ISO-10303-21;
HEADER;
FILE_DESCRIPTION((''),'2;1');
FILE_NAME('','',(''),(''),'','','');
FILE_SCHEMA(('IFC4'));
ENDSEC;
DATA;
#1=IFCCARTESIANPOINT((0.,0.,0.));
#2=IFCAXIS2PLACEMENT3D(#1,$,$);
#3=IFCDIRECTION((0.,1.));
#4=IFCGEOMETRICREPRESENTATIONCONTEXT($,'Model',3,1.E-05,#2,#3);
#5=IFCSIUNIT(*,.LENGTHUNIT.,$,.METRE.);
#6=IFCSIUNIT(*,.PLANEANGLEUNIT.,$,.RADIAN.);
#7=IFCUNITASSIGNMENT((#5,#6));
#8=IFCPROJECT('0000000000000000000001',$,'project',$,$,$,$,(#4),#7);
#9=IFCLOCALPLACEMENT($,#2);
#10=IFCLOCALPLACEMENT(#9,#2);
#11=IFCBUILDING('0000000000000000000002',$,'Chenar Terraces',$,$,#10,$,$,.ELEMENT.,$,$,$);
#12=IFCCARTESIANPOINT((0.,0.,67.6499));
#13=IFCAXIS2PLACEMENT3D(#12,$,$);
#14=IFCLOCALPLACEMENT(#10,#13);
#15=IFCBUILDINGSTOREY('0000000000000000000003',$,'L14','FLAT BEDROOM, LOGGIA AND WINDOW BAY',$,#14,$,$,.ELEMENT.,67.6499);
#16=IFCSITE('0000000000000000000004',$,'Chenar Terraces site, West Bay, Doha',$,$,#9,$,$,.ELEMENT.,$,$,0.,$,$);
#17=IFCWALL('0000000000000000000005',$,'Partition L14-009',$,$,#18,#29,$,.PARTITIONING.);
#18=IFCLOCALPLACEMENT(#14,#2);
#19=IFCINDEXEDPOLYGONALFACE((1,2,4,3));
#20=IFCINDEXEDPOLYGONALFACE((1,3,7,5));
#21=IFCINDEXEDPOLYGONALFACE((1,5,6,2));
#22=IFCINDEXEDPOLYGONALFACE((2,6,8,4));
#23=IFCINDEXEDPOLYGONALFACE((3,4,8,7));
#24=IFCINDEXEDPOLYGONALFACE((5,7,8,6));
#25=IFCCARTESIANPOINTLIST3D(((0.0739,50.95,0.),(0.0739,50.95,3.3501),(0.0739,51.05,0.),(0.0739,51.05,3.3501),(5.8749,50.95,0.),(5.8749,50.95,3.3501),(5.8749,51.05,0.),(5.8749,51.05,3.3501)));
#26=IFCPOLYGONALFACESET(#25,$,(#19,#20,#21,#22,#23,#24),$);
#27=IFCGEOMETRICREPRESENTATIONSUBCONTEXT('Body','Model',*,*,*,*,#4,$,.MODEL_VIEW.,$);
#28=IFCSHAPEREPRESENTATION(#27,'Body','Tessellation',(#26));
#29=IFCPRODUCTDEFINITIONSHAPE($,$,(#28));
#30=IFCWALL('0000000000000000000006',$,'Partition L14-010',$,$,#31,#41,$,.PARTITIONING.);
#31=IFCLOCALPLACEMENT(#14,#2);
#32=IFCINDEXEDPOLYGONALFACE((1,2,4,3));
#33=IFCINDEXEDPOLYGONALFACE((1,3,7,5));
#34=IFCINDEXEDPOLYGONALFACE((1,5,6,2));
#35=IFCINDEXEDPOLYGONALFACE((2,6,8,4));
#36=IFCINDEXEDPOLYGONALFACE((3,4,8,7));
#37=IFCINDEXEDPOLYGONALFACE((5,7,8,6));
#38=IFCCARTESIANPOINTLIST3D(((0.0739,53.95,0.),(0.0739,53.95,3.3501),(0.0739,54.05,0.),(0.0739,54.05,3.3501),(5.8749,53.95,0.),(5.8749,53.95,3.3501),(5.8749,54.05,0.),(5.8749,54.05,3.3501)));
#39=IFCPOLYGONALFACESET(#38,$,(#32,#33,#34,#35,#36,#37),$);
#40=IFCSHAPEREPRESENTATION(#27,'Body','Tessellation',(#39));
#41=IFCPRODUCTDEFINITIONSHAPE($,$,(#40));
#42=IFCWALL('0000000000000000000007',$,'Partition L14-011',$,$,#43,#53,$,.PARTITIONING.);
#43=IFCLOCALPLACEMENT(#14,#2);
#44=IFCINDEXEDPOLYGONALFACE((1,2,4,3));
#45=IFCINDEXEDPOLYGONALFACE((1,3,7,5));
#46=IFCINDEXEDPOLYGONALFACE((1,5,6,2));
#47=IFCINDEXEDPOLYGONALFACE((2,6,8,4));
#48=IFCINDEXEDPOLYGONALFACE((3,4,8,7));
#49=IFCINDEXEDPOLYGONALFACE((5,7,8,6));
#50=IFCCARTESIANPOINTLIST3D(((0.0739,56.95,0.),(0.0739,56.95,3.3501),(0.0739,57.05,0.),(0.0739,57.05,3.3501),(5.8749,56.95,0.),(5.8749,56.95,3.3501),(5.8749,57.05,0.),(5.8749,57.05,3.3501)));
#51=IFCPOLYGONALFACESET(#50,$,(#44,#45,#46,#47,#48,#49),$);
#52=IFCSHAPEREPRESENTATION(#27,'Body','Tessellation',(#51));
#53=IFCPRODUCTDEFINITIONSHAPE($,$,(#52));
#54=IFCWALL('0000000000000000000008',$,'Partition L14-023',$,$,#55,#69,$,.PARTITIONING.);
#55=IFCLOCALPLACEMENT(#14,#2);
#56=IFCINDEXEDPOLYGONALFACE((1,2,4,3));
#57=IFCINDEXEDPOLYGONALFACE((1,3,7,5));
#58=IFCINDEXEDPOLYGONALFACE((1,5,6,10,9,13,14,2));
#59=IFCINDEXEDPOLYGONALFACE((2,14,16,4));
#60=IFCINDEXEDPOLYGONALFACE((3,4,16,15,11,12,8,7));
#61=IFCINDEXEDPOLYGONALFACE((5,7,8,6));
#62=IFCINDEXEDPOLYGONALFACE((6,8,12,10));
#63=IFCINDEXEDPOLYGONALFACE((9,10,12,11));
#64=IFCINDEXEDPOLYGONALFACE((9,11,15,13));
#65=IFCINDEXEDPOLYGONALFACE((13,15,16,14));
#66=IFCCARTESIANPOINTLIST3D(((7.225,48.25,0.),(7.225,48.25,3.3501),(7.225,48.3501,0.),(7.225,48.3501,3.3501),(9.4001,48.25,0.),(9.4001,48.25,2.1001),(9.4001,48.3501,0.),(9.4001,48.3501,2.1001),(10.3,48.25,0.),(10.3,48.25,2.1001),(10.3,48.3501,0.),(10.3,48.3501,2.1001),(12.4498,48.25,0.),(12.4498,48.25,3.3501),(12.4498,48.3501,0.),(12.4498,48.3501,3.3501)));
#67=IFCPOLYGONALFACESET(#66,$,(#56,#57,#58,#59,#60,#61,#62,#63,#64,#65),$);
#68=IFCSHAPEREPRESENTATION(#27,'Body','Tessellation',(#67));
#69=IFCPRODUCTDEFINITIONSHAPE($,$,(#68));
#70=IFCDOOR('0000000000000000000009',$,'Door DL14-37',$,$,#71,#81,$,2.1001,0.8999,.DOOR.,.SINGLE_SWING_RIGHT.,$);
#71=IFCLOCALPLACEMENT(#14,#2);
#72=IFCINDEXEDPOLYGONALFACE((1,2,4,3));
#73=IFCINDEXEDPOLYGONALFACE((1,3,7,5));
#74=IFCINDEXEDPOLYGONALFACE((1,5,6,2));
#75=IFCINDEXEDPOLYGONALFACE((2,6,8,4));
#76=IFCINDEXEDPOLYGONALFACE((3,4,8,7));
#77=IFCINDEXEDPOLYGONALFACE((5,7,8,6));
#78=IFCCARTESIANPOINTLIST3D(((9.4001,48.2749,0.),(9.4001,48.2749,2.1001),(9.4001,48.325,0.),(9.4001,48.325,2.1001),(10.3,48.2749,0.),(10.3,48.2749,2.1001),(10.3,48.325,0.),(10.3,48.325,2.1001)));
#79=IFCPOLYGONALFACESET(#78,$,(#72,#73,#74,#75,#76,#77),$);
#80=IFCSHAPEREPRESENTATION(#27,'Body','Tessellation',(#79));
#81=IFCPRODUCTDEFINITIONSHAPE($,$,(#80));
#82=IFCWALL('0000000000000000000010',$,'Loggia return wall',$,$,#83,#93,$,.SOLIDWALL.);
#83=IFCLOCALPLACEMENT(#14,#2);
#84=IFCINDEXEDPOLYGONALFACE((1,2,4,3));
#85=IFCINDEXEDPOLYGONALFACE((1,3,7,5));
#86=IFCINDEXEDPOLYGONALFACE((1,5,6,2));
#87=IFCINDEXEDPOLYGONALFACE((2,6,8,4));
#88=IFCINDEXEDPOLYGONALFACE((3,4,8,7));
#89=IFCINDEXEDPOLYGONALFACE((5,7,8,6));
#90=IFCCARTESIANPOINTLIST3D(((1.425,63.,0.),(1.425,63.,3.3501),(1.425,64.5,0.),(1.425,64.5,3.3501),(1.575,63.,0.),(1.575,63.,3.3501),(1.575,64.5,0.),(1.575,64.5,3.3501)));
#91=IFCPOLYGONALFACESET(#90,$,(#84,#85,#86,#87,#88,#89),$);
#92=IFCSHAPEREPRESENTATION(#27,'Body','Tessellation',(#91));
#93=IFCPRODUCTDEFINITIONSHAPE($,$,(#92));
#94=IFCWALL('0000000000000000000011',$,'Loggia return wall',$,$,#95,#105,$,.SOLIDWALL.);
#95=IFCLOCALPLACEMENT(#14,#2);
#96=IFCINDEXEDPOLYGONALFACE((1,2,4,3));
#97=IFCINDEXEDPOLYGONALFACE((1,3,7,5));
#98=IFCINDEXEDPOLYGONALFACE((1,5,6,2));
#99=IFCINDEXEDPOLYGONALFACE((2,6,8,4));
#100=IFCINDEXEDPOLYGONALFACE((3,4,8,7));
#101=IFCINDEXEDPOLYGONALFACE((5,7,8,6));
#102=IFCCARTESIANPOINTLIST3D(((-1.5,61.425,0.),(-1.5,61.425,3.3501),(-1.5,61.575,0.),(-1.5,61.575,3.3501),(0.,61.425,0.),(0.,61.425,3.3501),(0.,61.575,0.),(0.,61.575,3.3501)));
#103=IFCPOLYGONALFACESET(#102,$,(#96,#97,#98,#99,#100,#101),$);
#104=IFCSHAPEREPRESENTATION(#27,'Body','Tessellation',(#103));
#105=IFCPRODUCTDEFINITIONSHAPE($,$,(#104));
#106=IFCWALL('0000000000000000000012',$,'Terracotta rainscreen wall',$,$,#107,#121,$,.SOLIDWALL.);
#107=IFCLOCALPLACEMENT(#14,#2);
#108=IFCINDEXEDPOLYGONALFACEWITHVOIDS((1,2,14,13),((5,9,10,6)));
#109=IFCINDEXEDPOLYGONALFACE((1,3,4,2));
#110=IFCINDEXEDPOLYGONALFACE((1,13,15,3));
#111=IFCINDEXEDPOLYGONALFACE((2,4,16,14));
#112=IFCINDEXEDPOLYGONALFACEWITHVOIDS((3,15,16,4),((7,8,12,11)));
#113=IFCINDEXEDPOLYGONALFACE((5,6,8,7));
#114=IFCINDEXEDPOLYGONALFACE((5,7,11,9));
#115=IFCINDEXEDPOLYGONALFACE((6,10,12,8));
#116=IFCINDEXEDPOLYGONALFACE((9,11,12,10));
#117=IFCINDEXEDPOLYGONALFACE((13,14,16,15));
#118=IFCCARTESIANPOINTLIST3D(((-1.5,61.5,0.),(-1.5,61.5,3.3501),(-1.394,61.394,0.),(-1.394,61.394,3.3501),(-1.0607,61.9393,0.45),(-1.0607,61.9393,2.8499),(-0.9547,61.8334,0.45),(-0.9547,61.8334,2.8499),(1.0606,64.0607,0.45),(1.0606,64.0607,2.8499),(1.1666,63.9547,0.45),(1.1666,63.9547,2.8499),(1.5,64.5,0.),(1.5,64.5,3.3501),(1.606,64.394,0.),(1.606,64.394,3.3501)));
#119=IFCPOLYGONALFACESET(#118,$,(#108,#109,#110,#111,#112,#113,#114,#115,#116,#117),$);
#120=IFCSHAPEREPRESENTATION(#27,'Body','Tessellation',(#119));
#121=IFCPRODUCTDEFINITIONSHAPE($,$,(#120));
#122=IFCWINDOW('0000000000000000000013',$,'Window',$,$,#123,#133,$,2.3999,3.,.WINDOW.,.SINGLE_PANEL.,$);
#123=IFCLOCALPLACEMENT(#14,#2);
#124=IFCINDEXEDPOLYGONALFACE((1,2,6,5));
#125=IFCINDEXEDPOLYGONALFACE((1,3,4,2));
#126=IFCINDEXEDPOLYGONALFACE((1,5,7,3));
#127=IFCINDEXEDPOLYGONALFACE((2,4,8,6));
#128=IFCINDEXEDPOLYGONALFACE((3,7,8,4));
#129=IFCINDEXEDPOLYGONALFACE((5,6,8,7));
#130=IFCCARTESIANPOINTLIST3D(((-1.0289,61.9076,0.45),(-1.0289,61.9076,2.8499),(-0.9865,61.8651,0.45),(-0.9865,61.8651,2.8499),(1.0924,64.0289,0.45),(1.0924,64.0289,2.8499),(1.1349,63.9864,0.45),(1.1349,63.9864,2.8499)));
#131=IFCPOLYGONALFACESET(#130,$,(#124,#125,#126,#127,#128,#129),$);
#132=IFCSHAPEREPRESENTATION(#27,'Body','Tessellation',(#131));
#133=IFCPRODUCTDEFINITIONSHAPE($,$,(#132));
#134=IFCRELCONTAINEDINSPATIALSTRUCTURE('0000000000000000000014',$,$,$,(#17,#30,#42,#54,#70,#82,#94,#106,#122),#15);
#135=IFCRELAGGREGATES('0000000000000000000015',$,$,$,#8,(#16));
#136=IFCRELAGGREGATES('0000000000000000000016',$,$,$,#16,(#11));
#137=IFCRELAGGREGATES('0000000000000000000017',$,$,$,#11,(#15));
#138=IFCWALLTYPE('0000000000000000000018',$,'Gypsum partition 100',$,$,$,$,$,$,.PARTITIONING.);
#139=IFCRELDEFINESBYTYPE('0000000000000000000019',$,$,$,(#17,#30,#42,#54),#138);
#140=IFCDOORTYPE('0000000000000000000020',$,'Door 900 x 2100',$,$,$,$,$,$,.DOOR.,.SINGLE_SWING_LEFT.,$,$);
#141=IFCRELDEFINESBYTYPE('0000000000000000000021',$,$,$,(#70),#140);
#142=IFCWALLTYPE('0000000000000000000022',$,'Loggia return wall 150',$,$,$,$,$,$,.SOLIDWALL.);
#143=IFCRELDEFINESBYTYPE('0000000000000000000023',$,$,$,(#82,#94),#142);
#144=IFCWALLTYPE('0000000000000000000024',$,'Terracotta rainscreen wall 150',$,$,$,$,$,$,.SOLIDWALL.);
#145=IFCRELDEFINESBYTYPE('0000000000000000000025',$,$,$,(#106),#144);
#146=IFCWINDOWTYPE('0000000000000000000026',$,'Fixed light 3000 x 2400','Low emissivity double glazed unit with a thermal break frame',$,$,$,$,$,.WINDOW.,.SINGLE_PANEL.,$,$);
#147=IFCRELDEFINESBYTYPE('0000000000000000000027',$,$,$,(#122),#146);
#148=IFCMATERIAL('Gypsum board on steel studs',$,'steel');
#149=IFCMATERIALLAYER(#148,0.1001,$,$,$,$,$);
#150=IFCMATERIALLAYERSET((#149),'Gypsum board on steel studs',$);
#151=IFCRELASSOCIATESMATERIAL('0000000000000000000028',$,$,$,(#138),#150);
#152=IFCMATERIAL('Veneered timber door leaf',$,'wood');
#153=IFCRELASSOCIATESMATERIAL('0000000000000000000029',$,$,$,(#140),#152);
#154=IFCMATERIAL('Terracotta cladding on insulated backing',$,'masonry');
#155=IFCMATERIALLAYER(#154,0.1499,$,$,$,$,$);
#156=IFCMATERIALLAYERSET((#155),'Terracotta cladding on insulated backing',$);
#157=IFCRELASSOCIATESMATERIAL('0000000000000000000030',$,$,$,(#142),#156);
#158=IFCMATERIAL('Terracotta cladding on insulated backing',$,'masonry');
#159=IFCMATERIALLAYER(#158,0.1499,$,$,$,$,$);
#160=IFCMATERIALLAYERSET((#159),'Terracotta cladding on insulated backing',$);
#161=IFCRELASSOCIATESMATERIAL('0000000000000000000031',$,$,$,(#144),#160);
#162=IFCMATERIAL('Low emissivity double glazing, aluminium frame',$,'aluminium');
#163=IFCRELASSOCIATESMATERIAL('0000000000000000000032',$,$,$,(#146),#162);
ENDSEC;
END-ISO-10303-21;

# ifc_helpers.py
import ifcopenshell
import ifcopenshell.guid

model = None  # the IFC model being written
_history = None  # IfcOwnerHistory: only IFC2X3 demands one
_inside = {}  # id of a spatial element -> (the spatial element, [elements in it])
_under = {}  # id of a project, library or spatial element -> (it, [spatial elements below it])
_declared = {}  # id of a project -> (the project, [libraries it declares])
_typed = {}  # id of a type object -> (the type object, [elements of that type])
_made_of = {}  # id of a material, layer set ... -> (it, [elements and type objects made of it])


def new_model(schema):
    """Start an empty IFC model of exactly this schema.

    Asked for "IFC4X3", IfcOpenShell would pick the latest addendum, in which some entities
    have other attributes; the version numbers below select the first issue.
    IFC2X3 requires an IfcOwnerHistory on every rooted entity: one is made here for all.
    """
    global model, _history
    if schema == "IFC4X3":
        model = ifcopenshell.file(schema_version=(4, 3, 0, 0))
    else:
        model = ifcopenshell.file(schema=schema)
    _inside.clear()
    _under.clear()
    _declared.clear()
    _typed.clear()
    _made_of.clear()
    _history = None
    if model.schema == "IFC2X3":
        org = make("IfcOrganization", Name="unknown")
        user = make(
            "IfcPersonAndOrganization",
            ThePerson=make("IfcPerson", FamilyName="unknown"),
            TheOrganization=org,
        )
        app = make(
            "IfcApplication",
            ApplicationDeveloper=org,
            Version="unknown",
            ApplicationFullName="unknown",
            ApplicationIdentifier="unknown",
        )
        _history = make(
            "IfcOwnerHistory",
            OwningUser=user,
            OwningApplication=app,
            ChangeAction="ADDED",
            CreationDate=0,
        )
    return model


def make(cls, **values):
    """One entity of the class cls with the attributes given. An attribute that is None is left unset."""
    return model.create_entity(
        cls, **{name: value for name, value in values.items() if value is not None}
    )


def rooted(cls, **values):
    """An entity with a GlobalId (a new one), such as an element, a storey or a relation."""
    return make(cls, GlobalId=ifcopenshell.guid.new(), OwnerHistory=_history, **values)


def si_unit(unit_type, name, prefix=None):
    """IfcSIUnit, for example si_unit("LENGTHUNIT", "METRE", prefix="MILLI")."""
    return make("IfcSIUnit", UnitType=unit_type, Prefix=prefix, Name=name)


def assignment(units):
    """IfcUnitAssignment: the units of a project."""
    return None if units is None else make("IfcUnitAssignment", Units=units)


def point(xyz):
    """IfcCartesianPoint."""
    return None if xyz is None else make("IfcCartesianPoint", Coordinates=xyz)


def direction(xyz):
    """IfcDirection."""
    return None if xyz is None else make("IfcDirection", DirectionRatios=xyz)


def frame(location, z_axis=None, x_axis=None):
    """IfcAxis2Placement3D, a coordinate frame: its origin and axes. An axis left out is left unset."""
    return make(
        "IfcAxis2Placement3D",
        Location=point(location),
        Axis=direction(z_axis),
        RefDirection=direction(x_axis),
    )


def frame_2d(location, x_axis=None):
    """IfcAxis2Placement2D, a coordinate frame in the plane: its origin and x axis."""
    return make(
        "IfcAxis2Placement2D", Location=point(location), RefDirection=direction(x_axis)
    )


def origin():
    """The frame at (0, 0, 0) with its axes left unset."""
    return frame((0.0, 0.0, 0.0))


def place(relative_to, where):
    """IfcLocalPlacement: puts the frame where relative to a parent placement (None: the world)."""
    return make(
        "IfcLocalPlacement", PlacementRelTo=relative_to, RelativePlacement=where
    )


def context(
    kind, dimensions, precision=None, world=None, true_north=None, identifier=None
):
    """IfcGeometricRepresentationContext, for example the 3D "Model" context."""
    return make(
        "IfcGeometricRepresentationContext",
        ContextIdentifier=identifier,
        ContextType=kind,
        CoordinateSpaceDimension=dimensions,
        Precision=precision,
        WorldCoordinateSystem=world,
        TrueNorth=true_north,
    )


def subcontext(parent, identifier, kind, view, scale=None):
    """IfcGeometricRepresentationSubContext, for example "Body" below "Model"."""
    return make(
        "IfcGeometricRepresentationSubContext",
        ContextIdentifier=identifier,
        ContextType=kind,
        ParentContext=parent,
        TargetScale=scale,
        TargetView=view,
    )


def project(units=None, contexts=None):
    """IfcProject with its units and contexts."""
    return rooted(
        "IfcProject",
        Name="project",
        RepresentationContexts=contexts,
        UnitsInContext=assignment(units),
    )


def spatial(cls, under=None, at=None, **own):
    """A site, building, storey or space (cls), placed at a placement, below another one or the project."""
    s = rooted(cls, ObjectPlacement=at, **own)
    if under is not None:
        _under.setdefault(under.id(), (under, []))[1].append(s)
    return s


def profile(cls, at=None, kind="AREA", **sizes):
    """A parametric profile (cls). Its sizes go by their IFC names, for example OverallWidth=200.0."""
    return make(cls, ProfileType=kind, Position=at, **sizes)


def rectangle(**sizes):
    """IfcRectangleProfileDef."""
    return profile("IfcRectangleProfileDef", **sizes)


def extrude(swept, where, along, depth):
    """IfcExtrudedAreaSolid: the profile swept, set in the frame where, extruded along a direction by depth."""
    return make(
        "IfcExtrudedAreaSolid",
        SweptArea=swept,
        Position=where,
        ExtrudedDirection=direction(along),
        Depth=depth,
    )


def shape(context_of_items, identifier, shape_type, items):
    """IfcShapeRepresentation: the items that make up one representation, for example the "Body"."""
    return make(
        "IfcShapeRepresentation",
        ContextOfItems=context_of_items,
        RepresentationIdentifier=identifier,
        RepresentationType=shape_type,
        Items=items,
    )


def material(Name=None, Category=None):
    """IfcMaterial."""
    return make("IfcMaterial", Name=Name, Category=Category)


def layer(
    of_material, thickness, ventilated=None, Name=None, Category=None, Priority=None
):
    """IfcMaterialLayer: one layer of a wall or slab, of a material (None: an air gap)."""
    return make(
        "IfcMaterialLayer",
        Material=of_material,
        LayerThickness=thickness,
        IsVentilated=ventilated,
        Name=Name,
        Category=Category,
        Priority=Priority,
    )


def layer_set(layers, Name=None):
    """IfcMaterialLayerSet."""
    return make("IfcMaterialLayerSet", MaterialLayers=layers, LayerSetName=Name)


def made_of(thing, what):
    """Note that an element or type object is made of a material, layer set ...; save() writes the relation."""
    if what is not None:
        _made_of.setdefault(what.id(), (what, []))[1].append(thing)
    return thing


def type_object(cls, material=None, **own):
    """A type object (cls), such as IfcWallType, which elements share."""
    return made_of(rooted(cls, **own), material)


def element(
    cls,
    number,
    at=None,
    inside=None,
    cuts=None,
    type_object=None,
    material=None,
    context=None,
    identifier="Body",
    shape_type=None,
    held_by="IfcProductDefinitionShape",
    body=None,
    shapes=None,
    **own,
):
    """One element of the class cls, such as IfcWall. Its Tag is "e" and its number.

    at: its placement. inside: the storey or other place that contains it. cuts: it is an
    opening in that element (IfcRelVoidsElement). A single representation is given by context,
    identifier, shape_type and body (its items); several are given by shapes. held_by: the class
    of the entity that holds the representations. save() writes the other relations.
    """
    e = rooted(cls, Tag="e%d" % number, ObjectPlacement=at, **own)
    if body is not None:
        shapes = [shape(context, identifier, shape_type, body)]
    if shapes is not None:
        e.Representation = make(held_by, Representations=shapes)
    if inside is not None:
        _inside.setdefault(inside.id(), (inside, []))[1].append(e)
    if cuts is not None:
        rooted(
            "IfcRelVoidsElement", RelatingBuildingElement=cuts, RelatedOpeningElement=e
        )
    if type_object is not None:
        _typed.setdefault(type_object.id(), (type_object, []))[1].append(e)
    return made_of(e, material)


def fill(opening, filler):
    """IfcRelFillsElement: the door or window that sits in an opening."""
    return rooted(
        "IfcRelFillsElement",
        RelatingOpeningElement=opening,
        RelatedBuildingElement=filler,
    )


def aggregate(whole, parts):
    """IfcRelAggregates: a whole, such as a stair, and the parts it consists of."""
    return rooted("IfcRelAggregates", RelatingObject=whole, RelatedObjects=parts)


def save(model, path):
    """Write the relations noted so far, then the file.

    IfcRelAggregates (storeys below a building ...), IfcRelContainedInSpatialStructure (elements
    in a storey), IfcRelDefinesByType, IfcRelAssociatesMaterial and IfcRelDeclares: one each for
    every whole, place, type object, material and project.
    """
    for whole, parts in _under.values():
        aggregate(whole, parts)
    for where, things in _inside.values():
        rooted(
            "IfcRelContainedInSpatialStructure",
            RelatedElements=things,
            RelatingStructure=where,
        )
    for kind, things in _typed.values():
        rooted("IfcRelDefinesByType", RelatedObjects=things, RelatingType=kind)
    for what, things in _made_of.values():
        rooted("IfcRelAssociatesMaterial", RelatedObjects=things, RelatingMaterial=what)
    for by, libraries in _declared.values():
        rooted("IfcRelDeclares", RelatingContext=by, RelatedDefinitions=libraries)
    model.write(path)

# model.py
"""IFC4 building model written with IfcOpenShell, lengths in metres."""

from ifc_helpers import new_model, si_unit, direction, frame, frame_2d, origin, place, context, subcontext, project, spatial, rectangle, extrude, material, layer, layer_set, type_object, element, fill, save


model = new_model("IFC4")

# Units and contexts
model_context = context("Model", 3, precision=1e-05, world=origin(), true_north=direction((0.0, 1.0)))
body_context = subcontext(model_context, "Body", "Model", "MODEL_VIEW")
ifc_project = project(units=[si_unit("LENGTHUNIT", "METRE"), si_unit("PLANEANGLEUNIT", "RADIAN")], contexts=[model_context])

# Site, building, storey
site_placement = place(None, origin())
site = spatial("IfcSite", under=ifc_project, at=site_placement, Name="Chenar Terraces site, West Bay, Doha", CompositionType="ELEMENT", RefElevation=0.0)
building_placement = place(site_placement, origin())
building = spatial("IfcBuilding", under=site, at=building_placement, Name="Chenar Terraces", CompositionType="ELEMENT")
storey_placement = place(building_placement, frame((0.0, 0.0, 67.6499)))
storey = spatial("IfcBuildingStorey", under=building, at=storey_placement, Name="L14", Description="FLAT BEDROOM, LOGGIA AND WINDOW BAY", CompositionType="ELEMENT", Elevation=67.6499)

# Walls
ifc_material_1 = material(Name="Gypsum board on steel studs", Category="steel")
ifc_layer_1 = layer(ifc_material_1, 0.1001)
ifc_layer_set_1 = layer_set([ifc_layer_1], Name="Gypsum board on steel studs")
wall_type_1 = type_object("IfcWallType", Name="Gypsum partition 100", PredefinedType="PARTITIONING", material=ifc_layer_set_1)
for number, where, z_axis, x_axis, name in (
    (1, (0.074, 51.0, 0.0), (0.0, 0.0, 1.0), (1.0, 0.0, 0.0), "Partition L14-009"),
    (2, (0.074, 54.0, 0.0), (0.0, 0.0, 1.0), (1.0, 0.0, 0.0), "Partition L14-010"),
    (3, (0.074, 57.0, 0.0), (0.0, 0.0, 1.0), (1.0, 0.0, 0.0), "Partition L14-011"),
):
    element("IfcWall", number, at=place(storey_placement, frame(where, z_axis=z_axis, x_axis=x_axis)), inside=storey, type_object=wall_type_1, Name=name, PredefinedType="PARTITIONING", context=body_context, shape_type="SweptSolid", body=[
        extrude(rectangle(XDim=5.801, YDim=0.1001, at=frame_2d((2.9004, 0.0))), origin(), (0.0, 0.0, 1.0), 3.3501),
    ])

# Wall, opening, door
wall_1_placement = place(storey_placement, frame((7.2251, 48.3, 0.0), z_axis=(0.0, 0.0, 1.0), x_axis=(1.0, 0.0, 0.0)))
wall_1 = element("IfcWall", 4, at=wall_1_placement, inside=storey, type_object=wall_type_1, Name="Partition L14-023", PredefinedType="PARTITIONING", context=body_context, shape_type="SweptSolid", body=[
    extrude(rectangle(XDim=5.2249, YDim=0.1001, at=frame_2d((2.6123, 0.0))), origin(), (0.0, 0.0, 1.0), 3.3501),
])
opening_1_placement = place(wall_1_placement, frame((2.175, 0.0, 0.0)))
opening_1 = element("IfcOpeningElement", 5, at=opening_1_placement, cuts=wall_1, PredefinedType="OPENING", context=body_context, shape_type="SweptSolid", body=[
    extrude(rectangle(XDim=0.8999, YDim=2.1001, at=frame_2d((0.45, 1.05))), frame((0.0, 0.0601, 0.0), z_axis=(0.0, -1.0, 0.0), x_axis=(1.0, 0.0, 0.0)), (0.0, 0.0, 1.0), 0.1201),
])
ifc_material_2 = material(Name="Veneered timber door leaf", Category="wood")
door_type_1 = type_object("IfcDoorType", Name="Door 900 x 2100", OperationType="SINGLE_SWING_LEFT", PredefinedType="DOOR", material=ifc_material_2)
door_1_placement = place(opening_1_placement, origin())
door_1 = element("IfcDoor", 6, at=door_1_placement, inside=storey, type_object=door_type_1, Name="Door DL14-37", OperationType="SINGLE_SWING_RIGHT", OverallHeight=2.1001, OverallWidth=0.8999, PredefinedType="DOOR", context=body_context, shape_type="SweptSolid", body=[
    extrude(rectangle(XDim=0.8999, YDim=2.1001, at=frame_2d((0.45, 1.05))), frame((0.0, 0.0249, 0.0), z_axis=(0.0, -1.0, 0.0), x_axis=(1.0, 0.0, 0.0)), (0.0, 0.0, 1.0), 0.05),
])
fill(opening_1, door_1)

# Walls
ifc_material_3 = material(Name="Terracotta cladding on insulated backing", Category="masonry")
ifc_layer_2 = layer(ifc_material_3, 0.1499)
ifc_layer_set_2 = layer_set([ifc_layer_2], Name="Terracotta cladding on insulated backing")
wall_type_2 = type_object("IfcWallType", Name="Loggia return wall 150", PredefinedType="SOLIDWALL", material=ifc_layer_set_2)
for number, where, z_axis, x_axis, name in (
    (7, (1.5, 64.5, 0.0), (0.0, 0.0, 1.0), (0.0, -1.0, 0.0), "Loggia return wall"),
    (8, (-1.5, 61.5, 0.0), (0.0, 0.0, 1.0), (1.0, 0.0, 0.0), "Loggia return wall"),
):
    element("IfcWall", number, at=place(storey_placement, frame(where, z_axis=z_axis, x_axis=x_axis)), inside=storey, type_object=wall_type_2, Name=name, PredefinedType="SOLIDWALL", context=body_context, shape_type="SweptSolid", body=[
        extrude(rectangle(XDim=1.5, YDim=0.1499, at=frame_2d((0.75, 0.0))), origin(), (0.0, 0.0, 1.0), 3.3501),
    ])

# Wall, opening, window
ifc_material_4 = material(Name="Terracotta cladding on insulated backing", Category="masonry")
ifc_layer_3 = layer(ifc_material_4, 0.1499)
ifc_layer_set_3 = layer_set([ifc_layer_3], Name="Terracotta cladding on insulated backing")
wall_type_3 = type_object("IfcWallType", Name="Terracotta rainscreen wall 150", PredefinedType="SOLIDWALL", material=ifc_layer_set_3)
wall_2_placement = place(storey_placement, frame((1.553, 64.447, 0.0), z_axis=(0.0, 0.0, 1.0), x_axis=(-0.707107, -0.707107, 0.0)))
wall_2 = element("IfcWall", 9, at=wall_2_placement, inside=storey, type_object=wall_type_3, Name="Terracotta rainscreen wall", PredefinedType="SOLIDWALL", context=body_context, shape_type="SweptSolid", body=[
    extrude(rectangle(XDim=4.2427, YDim=0.1499, at=frame_2d((2.1213, 0.0))), origin(), (0.0, 0.0, 1.0), 3.3501),
])
opening_2_placement = place(wall_2_placement, frame((0.6213, 0.0, 0.45)))
opening_2 = element("IfcOpeningElement", 10, at=opening_2_placement, cuts=wall_2, PredefinedType="OPENING", context=body_context, shape_type="SweptSolid", body=[
    extrude(rectangle(XDim=3.0, YDim=2.3999, at=frame_2d((1.5, 1.2))), frame((0.0, 0.085, 0.0), z_axis=(0.0, -1.0, 0.0), x_axis=(1.0, 0.0, 0.0)), (0.0, 0.0, 1.0), 0.1699),
])
ifc_material_5 = material(Name="Low emissivity double glazing, aluminium frame", Category="aluminium")
window_type_1 = type_object("IfcWindowType", Name="Fixed light 3000 x 2400", Description="Low emissivity double glazed unit with a thermal break frame", PartitioningType="SINGLE_PANEL", PredefinedType="WINDOW", material=ifc_material_5)
window_1_placement = place(opening_2_placement, origin())
window_1 = element("IfcWindow", 11, at=window_1_placement, inside=storey, type_object=window_type_1, Name="Window", OverallHeight=2.3999, OverallWidth=3.0, PartitioningType="SINGLE_PANEL", PredefinedType="WINDOW", context=body_context, shape_type="SweptSolid", body=[
    extrude(rectangle(XDim=3.0, YDim=2.3999, at=frame_2d((1.5, 1.2))), frame((0.0, 0.03, 0.0), z_axis=(0.0, -1.0, 0.0), x_axis=(1.0, 0.0, 0.0)), (0.0, 0.0, 1.0), 0.0601),
])
fill(opening_2, window_1)

save(model, "model.ifc")
